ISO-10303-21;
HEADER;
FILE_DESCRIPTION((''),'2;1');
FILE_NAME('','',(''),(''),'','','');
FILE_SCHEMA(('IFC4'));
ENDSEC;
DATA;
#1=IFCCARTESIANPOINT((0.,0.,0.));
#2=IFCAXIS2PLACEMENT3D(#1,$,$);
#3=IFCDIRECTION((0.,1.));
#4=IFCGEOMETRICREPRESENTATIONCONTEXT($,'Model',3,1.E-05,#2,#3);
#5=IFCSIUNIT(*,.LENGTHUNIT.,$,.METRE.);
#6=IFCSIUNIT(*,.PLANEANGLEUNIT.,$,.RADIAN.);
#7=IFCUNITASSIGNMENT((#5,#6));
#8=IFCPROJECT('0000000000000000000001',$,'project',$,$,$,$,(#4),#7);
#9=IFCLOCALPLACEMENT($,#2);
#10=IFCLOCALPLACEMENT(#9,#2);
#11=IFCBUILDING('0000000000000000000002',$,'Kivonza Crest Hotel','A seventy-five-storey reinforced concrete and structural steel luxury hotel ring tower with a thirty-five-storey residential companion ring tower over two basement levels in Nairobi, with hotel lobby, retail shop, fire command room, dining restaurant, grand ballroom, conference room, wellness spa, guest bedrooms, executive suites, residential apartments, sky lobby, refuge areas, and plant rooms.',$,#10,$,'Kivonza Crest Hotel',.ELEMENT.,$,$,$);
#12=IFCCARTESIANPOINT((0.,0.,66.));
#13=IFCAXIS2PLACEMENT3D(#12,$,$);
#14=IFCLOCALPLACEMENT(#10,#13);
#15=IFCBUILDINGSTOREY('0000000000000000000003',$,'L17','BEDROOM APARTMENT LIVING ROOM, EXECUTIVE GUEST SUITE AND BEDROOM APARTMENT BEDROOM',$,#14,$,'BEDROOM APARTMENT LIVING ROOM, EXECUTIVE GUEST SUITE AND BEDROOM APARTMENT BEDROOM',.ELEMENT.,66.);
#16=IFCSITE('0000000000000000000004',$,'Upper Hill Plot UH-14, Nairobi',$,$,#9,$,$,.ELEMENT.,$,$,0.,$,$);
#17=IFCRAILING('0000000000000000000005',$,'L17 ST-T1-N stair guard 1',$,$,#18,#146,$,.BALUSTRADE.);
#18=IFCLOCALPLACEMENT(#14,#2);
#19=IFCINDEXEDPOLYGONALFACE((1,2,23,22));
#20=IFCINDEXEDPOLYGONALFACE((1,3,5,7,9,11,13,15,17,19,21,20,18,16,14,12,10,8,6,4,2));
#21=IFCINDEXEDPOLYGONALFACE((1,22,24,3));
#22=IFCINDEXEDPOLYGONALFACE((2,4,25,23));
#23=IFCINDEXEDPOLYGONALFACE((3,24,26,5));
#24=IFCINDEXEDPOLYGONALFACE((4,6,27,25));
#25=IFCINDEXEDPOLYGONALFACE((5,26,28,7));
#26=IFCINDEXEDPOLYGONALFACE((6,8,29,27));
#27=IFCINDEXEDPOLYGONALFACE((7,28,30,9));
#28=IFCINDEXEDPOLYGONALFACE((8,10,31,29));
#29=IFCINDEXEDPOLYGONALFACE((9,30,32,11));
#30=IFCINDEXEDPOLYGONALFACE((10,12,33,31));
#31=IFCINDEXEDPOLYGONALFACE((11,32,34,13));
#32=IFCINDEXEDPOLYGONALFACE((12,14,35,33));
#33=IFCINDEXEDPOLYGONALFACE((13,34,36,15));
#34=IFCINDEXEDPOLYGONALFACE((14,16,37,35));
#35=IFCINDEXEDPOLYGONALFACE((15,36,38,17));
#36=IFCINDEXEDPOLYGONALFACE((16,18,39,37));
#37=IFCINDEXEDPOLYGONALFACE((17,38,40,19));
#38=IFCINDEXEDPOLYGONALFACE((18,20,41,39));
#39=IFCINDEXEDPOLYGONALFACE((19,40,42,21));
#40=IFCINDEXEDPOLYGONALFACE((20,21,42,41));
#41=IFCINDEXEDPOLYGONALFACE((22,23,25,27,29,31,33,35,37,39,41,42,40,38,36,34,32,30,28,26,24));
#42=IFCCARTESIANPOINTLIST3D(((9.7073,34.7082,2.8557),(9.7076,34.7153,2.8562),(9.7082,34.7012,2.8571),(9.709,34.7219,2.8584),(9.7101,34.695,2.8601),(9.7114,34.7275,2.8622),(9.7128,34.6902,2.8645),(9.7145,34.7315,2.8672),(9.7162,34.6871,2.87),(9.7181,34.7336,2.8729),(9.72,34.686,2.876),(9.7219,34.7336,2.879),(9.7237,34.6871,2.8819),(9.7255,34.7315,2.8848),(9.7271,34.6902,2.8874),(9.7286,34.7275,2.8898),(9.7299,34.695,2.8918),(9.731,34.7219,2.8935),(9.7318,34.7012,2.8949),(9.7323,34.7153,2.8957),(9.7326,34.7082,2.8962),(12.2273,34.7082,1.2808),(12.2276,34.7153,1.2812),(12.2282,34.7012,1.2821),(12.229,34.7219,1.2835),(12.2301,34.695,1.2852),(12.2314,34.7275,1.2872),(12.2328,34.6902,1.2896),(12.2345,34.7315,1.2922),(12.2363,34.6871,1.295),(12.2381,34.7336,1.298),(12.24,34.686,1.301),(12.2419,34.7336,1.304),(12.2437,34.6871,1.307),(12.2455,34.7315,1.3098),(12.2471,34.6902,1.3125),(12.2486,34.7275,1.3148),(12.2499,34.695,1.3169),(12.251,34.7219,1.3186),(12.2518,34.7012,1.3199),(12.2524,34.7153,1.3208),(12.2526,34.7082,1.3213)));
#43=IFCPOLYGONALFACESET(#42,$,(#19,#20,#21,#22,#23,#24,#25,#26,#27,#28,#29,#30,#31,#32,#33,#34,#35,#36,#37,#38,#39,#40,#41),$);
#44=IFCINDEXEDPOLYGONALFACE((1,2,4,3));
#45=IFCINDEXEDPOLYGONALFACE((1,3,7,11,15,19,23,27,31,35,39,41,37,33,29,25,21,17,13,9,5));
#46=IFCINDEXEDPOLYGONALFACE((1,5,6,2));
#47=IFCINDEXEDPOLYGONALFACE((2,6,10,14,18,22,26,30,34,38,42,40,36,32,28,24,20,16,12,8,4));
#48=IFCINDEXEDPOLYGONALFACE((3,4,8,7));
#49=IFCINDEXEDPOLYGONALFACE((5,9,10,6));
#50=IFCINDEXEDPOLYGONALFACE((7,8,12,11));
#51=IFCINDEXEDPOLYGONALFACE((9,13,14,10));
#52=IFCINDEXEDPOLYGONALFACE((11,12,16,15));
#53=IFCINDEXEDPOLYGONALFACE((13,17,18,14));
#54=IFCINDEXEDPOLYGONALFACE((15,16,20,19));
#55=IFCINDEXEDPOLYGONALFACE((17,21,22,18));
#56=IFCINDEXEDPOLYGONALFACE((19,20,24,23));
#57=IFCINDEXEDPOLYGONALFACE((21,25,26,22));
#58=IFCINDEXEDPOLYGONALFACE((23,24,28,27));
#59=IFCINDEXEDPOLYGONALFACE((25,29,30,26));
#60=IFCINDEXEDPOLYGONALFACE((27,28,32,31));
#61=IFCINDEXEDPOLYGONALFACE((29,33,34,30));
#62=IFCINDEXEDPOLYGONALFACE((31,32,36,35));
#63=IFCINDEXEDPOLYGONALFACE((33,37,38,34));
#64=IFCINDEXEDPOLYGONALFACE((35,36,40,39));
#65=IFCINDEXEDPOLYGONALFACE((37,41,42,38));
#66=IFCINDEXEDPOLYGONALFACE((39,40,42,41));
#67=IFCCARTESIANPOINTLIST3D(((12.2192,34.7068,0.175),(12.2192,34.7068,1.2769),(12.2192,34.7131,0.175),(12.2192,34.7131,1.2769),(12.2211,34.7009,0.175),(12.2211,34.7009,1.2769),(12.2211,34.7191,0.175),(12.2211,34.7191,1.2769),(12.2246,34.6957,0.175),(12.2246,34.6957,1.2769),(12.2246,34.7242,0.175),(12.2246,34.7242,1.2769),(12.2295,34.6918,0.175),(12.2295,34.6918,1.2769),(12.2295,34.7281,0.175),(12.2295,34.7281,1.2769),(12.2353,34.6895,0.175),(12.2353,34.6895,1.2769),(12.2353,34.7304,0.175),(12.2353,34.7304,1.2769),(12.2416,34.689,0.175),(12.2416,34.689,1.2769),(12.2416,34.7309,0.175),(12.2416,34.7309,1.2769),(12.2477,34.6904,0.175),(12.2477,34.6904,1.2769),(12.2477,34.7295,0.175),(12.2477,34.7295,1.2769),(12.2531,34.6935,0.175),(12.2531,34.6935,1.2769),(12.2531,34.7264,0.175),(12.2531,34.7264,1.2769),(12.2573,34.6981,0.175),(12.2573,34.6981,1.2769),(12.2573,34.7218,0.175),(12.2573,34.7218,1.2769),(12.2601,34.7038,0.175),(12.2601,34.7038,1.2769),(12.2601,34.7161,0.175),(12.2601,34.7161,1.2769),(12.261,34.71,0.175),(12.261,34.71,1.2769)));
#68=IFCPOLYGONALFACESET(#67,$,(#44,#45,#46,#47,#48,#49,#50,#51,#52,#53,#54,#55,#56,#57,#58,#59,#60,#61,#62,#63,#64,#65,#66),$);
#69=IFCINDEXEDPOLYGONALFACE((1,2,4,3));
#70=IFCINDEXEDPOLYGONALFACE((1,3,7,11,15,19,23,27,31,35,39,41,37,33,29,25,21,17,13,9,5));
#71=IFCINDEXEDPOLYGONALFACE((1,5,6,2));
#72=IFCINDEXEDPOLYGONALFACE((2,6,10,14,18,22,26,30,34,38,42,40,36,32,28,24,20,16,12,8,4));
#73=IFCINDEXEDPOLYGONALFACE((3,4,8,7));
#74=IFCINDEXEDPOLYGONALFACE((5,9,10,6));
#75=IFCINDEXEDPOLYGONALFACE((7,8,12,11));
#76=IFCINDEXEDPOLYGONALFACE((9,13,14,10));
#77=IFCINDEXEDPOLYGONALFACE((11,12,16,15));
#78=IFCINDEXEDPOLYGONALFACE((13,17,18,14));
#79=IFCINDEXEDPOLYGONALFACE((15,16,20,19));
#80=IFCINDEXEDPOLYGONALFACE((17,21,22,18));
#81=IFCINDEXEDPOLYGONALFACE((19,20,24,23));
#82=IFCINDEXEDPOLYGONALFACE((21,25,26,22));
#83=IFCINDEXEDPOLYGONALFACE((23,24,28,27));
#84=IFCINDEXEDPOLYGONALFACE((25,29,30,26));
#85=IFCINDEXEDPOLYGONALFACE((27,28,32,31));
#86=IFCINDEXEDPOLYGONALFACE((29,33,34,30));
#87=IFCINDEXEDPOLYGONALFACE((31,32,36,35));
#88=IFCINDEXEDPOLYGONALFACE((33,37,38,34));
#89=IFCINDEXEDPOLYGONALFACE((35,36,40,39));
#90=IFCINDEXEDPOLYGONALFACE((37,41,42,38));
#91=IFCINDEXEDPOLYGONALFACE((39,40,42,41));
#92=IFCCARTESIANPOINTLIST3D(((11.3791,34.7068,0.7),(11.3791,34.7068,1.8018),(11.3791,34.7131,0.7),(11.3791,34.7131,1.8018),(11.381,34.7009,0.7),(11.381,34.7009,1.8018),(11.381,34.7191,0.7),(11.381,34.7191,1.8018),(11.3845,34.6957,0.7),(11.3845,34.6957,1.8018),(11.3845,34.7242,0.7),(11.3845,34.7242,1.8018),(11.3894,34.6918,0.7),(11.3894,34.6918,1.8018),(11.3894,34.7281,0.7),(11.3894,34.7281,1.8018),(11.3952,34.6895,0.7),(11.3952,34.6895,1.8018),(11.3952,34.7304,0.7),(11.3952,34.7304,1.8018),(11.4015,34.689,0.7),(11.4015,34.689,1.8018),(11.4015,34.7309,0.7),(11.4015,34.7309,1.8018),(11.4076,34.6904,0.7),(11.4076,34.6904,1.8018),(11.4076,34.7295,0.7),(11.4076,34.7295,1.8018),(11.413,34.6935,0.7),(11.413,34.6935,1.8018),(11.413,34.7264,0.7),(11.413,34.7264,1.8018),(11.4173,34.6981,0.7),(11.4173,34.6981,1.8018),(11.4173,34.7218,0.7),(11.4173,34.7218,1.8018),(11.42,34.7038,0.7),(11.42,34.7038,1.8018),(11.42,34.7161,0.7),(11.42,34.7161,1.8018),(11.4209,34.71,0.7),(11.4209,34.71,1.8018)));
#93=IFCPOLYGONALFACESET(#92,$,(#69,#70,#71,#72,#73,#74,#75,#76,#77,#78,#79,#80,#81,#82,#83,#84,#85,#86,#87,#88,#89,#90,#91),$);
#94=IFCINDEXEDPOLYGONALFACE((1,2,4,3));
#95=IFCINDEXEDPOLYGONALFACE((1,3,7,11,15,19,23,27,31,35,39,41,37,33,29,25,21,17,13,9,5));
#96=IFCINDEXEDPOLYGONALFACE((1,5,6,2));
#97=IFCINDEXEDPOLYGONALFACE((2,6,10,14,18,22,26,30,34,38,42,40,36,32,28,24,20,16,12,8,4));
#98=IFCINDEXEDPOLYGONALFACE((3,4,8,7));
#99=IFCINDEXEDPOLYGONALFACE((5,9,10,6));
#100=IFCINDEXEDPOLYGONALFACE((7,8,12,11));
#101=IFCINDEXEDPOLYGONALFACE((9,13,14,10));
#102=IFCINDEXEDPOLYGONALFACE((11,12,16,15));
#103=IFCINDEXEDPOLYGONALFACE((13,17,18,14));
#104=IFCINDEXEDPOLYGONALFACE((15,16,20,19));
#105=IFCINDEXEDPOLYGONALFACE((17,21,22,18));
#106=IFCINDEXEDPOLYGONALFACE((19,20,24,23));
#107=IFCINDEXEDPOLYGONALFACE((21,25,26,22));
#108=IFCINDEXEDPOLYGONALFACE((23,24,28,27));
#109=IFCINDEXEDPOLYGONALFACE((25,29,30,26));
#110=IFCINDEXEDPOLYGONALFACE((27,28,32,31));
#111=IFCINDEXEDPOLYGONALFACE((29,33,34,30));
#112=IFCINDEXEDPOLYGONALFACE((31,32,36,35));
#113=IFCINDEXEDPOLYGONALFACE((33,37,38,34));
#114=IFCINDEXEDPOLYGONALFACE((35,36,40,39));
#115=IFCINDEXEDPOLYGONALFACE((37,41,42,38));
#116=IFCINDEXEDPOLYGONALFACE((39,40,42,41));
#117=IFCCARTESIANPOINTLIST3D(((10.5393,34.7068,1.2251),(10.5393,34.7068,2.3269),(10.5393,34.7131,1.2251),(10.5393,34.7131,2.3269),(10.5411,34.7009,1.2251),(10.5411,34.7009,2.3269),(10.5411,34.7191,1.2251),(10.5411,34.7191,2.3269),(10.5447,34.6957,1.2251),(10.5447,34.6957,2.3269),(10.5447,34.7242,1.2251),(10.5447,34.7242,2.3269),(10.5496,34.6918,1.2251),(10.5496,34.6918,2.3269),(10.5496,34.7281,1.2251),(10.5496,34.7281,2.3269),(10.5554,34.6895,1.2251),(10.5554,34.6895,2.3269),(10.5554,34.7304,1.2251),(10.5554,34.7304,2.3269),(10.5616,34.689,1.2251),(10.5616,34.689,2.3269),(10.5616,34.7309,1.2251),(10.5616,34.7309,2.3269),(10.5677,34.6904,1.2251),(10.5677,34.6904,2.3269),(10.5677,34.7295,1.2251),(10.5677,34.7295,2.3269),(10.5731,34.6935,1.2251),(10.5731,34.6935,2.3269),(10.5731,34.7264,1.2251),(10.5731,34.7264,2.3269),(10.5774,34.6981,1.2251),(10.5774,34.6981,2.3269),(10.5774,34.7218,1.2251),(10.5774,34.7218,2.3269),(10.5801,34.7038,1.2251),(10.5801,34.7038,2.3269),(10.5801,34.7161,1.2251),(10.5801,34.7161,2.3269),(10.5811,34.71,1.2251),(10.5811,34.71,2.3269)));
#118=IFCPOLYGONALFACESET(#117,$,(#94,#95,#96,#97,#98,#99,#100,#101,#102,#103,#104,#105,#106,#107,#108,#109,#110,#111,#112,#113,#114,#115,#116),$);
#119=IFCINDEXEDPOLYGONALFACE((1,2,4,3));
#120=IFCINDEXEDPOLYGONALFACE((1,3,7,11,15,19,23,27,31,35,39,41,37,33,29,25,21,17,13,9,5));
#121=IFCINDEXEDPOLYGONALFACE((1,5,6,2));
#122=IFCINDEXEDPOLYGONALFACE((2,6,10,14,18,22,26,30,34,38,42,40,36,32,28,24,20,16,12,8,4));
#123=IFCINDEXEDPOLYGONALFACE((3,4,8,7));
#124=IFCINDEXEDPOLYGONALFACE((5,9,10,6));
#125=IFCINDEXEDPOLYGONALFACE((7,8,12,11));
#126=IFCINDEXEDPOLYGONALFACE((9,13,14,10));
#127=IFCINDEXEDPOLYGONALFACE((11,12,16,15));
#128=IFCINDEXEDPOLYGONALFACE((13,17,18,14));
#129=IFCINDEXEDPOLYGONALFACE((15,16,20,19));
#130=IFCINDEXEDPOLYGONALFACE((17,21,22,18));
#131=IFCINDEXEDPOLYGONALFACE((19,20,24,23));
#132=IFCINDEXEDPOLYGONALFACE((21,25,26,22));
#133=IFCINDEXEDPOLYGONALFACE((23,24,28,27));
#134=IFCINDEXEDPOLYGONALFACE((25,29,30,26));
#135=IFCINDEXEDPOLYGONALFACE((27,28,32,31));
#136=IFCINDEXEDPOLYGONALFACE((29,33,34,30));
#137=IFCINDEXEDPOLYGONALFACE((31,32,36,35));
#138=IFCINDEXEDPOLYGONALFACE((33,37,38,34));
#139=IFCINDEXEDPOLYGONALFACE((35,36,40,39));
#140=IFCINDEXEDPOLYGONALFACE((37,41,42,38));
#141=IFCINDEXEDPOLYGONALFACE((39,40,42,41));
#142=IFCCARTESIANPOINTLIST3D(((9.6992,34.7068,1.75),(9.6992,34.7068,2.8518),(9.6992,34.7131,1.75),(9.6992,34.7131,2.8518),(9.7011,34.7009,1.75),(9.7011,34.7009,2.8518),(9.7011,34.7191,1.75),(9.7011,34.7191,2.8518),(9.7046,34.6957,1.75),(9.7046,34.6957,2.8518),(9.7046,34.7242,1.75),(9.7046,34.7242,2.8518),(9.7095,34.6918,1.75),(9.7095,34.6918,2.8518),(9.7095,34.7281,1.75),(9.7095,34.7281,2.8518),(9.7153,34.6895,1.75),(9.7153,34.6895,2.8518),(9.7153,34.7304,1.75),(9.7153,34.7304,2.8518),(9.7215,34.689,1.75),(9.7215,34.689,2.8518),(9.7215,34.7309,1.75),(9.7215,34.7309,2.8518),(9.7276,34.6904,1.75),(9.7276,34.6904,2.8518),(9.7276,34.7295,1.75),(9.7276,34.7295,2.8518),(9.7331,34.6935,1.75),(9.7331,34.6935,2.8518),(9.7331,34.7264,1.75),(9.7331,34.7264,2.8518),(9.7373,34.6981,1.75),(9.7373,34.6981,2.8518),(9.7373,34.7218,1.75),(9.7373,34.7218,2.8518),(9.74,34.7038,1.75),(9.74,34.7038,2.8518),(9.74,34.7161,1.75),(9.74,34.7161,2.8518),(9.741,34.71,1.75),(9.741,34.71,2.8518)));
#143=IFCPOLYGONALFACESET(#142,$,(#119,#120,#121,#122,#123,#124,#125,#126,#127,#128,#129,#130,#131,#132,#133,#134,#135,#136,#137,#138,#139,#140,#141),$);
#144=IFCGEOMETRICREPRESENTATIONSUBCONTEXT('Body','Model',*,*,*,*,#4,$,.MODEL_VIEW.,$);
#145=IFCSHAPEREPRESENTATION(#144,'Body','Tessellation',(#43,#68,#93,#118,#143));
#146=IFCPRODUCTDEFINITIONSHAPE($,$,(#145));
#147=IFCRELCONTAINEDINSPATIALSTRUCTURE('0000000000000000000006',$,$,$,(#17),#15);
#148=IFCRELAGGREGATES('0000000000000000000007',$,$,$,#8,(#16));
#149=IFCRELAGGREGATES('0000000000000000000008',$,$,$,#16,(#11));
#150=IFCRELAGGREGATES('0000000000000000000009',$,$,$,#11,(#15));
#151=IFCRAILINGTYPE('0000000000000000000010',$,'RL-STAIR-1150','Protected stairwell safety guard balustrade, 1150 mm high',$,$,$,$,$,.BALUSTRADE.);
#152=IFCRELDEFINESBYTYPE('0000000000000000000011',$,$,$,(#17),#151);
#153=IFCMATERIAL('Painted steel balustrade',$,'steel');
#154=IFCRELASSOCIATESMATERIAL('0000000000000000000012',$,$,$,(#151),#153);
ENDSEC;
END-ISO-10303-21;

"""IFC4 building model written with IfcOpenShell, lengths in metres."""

from ifc_helpers import new_model, si_unit, direction, frame, origin, origin_2d, place, context, subcontext, project, spatial, circle, extrude, material, type_object, element, save


model = new_model("IFC4")

# Units and contexts
model_context = context("Model", 3, precision=1e-05, world=origin(), true_north=direction((0.0, 1.0)))
body_context = subcontext(model_context, "Body", "Model", "MODEL_VIEW")
ifc_project = project(units=[si_unit("LENGTHUNIT", "METRE"), si_unit("PLANEANGLEUNIT", "RADIAN")], contexts=[model_context])

# Site, building, storey
site_placement = place(None, origin())
site = spatial("IfcSite", under=ifc_project, at=site_placement, Name="Upper Hill Plot UH-14, Nairobi", CompositionType="ELEMENT", RefElevation=0.0)
building_placement = place(site_placement, origin())
building = spatial("IfcBuilding", under=site, at=building_placement, Name="Kivonza Crest Hotel", Description="A seventy-five-storey reinforced concrete and structural steel luxury hotel ring tower with a thirty-five-storey residential companion ring tower over two basement levels in Nairobi, with hotel lobby, retail shop, fire command room, dining restaurant, grand ballroom, conference room, wellness spa, guest bedrooms, executive suites, residential apartments, sky lobby, refuge areas, and plant rooms.", LongName="Kivonza Crest Hotel", CompositionType="ELEMENT")
storey_placement = place(building_placement, frame((0.0, 0.0, 66.0)))
storey = spatial("IfcBuildingStorey", under=building, at=storey_placement, Name="L17", Description="BEDROOM APARTMENT LIVING ROOM, EXECUTIVE GUEST SUITE AND BEDROOM APARTMENT BEDROOM", LongName="BEDROOM APARTMENT LIVING ROOM, EXECUTIVE GUEST SUITE AND BEDROOM APARTMENT BEDROOM", CompositionType="ELEMENT", Elevation=66.0)

# Railing
ifc_material_1 = material(Name="Painted steel balustrade", Category="steel")
railing_type_1 = type_object("IfcRailingType", Name="RL-STAIR-1150", Description="Protected stairwell safety guard balustrade, 1150 mm high", PredefinedType="BALUSTRADE", material=ifc_material_1)
railing_1_placement = place(storey_placement, frame((12.24, 34.71, 0.175)))
element("IfcRailing", 1, at=railing_1_placement, inside=storey, type_object=railing_type_1, Name="L17 ST-T1-N stair guard 1", PredefinedType="BALUSTRADE", context=body_context, shape_type="SweptSolid", body=[
    extrude(circle(Radius=0.0239, at=origin_2d()), frame((0.0, 0.0, 1.126), z_axis=(-0.848008, 0.0, 0.529984), x_axis=(0.0, -1.0, 0.0)), (0.0, 0.0, 1.0), 2.9717),
    extrude(circle(Radius=0.021, at=origin_2d()), origin(), (0.0, 0.0, 1.0), 1.1018),
    extrude(circle(Radius=0.021, at=origin_2d()), frame((-0.8401, 0.0, 0.5249)), (0.0, 0.0, 1.0), 1.1018),
    extrude(circle(Radius=0.021, at=origin_2d()), frame((-1.6799, 0.0, 1.05)), (0.0, 0.0, 1.0), 1.1018),
    extrude(circle(Radius=0.021, at=origin_2d()), frame((-2.52, 0.0, 1.575)), (0.0, 0.0, 1.0), 1.1018),
])

save(model, "model.ifc")
